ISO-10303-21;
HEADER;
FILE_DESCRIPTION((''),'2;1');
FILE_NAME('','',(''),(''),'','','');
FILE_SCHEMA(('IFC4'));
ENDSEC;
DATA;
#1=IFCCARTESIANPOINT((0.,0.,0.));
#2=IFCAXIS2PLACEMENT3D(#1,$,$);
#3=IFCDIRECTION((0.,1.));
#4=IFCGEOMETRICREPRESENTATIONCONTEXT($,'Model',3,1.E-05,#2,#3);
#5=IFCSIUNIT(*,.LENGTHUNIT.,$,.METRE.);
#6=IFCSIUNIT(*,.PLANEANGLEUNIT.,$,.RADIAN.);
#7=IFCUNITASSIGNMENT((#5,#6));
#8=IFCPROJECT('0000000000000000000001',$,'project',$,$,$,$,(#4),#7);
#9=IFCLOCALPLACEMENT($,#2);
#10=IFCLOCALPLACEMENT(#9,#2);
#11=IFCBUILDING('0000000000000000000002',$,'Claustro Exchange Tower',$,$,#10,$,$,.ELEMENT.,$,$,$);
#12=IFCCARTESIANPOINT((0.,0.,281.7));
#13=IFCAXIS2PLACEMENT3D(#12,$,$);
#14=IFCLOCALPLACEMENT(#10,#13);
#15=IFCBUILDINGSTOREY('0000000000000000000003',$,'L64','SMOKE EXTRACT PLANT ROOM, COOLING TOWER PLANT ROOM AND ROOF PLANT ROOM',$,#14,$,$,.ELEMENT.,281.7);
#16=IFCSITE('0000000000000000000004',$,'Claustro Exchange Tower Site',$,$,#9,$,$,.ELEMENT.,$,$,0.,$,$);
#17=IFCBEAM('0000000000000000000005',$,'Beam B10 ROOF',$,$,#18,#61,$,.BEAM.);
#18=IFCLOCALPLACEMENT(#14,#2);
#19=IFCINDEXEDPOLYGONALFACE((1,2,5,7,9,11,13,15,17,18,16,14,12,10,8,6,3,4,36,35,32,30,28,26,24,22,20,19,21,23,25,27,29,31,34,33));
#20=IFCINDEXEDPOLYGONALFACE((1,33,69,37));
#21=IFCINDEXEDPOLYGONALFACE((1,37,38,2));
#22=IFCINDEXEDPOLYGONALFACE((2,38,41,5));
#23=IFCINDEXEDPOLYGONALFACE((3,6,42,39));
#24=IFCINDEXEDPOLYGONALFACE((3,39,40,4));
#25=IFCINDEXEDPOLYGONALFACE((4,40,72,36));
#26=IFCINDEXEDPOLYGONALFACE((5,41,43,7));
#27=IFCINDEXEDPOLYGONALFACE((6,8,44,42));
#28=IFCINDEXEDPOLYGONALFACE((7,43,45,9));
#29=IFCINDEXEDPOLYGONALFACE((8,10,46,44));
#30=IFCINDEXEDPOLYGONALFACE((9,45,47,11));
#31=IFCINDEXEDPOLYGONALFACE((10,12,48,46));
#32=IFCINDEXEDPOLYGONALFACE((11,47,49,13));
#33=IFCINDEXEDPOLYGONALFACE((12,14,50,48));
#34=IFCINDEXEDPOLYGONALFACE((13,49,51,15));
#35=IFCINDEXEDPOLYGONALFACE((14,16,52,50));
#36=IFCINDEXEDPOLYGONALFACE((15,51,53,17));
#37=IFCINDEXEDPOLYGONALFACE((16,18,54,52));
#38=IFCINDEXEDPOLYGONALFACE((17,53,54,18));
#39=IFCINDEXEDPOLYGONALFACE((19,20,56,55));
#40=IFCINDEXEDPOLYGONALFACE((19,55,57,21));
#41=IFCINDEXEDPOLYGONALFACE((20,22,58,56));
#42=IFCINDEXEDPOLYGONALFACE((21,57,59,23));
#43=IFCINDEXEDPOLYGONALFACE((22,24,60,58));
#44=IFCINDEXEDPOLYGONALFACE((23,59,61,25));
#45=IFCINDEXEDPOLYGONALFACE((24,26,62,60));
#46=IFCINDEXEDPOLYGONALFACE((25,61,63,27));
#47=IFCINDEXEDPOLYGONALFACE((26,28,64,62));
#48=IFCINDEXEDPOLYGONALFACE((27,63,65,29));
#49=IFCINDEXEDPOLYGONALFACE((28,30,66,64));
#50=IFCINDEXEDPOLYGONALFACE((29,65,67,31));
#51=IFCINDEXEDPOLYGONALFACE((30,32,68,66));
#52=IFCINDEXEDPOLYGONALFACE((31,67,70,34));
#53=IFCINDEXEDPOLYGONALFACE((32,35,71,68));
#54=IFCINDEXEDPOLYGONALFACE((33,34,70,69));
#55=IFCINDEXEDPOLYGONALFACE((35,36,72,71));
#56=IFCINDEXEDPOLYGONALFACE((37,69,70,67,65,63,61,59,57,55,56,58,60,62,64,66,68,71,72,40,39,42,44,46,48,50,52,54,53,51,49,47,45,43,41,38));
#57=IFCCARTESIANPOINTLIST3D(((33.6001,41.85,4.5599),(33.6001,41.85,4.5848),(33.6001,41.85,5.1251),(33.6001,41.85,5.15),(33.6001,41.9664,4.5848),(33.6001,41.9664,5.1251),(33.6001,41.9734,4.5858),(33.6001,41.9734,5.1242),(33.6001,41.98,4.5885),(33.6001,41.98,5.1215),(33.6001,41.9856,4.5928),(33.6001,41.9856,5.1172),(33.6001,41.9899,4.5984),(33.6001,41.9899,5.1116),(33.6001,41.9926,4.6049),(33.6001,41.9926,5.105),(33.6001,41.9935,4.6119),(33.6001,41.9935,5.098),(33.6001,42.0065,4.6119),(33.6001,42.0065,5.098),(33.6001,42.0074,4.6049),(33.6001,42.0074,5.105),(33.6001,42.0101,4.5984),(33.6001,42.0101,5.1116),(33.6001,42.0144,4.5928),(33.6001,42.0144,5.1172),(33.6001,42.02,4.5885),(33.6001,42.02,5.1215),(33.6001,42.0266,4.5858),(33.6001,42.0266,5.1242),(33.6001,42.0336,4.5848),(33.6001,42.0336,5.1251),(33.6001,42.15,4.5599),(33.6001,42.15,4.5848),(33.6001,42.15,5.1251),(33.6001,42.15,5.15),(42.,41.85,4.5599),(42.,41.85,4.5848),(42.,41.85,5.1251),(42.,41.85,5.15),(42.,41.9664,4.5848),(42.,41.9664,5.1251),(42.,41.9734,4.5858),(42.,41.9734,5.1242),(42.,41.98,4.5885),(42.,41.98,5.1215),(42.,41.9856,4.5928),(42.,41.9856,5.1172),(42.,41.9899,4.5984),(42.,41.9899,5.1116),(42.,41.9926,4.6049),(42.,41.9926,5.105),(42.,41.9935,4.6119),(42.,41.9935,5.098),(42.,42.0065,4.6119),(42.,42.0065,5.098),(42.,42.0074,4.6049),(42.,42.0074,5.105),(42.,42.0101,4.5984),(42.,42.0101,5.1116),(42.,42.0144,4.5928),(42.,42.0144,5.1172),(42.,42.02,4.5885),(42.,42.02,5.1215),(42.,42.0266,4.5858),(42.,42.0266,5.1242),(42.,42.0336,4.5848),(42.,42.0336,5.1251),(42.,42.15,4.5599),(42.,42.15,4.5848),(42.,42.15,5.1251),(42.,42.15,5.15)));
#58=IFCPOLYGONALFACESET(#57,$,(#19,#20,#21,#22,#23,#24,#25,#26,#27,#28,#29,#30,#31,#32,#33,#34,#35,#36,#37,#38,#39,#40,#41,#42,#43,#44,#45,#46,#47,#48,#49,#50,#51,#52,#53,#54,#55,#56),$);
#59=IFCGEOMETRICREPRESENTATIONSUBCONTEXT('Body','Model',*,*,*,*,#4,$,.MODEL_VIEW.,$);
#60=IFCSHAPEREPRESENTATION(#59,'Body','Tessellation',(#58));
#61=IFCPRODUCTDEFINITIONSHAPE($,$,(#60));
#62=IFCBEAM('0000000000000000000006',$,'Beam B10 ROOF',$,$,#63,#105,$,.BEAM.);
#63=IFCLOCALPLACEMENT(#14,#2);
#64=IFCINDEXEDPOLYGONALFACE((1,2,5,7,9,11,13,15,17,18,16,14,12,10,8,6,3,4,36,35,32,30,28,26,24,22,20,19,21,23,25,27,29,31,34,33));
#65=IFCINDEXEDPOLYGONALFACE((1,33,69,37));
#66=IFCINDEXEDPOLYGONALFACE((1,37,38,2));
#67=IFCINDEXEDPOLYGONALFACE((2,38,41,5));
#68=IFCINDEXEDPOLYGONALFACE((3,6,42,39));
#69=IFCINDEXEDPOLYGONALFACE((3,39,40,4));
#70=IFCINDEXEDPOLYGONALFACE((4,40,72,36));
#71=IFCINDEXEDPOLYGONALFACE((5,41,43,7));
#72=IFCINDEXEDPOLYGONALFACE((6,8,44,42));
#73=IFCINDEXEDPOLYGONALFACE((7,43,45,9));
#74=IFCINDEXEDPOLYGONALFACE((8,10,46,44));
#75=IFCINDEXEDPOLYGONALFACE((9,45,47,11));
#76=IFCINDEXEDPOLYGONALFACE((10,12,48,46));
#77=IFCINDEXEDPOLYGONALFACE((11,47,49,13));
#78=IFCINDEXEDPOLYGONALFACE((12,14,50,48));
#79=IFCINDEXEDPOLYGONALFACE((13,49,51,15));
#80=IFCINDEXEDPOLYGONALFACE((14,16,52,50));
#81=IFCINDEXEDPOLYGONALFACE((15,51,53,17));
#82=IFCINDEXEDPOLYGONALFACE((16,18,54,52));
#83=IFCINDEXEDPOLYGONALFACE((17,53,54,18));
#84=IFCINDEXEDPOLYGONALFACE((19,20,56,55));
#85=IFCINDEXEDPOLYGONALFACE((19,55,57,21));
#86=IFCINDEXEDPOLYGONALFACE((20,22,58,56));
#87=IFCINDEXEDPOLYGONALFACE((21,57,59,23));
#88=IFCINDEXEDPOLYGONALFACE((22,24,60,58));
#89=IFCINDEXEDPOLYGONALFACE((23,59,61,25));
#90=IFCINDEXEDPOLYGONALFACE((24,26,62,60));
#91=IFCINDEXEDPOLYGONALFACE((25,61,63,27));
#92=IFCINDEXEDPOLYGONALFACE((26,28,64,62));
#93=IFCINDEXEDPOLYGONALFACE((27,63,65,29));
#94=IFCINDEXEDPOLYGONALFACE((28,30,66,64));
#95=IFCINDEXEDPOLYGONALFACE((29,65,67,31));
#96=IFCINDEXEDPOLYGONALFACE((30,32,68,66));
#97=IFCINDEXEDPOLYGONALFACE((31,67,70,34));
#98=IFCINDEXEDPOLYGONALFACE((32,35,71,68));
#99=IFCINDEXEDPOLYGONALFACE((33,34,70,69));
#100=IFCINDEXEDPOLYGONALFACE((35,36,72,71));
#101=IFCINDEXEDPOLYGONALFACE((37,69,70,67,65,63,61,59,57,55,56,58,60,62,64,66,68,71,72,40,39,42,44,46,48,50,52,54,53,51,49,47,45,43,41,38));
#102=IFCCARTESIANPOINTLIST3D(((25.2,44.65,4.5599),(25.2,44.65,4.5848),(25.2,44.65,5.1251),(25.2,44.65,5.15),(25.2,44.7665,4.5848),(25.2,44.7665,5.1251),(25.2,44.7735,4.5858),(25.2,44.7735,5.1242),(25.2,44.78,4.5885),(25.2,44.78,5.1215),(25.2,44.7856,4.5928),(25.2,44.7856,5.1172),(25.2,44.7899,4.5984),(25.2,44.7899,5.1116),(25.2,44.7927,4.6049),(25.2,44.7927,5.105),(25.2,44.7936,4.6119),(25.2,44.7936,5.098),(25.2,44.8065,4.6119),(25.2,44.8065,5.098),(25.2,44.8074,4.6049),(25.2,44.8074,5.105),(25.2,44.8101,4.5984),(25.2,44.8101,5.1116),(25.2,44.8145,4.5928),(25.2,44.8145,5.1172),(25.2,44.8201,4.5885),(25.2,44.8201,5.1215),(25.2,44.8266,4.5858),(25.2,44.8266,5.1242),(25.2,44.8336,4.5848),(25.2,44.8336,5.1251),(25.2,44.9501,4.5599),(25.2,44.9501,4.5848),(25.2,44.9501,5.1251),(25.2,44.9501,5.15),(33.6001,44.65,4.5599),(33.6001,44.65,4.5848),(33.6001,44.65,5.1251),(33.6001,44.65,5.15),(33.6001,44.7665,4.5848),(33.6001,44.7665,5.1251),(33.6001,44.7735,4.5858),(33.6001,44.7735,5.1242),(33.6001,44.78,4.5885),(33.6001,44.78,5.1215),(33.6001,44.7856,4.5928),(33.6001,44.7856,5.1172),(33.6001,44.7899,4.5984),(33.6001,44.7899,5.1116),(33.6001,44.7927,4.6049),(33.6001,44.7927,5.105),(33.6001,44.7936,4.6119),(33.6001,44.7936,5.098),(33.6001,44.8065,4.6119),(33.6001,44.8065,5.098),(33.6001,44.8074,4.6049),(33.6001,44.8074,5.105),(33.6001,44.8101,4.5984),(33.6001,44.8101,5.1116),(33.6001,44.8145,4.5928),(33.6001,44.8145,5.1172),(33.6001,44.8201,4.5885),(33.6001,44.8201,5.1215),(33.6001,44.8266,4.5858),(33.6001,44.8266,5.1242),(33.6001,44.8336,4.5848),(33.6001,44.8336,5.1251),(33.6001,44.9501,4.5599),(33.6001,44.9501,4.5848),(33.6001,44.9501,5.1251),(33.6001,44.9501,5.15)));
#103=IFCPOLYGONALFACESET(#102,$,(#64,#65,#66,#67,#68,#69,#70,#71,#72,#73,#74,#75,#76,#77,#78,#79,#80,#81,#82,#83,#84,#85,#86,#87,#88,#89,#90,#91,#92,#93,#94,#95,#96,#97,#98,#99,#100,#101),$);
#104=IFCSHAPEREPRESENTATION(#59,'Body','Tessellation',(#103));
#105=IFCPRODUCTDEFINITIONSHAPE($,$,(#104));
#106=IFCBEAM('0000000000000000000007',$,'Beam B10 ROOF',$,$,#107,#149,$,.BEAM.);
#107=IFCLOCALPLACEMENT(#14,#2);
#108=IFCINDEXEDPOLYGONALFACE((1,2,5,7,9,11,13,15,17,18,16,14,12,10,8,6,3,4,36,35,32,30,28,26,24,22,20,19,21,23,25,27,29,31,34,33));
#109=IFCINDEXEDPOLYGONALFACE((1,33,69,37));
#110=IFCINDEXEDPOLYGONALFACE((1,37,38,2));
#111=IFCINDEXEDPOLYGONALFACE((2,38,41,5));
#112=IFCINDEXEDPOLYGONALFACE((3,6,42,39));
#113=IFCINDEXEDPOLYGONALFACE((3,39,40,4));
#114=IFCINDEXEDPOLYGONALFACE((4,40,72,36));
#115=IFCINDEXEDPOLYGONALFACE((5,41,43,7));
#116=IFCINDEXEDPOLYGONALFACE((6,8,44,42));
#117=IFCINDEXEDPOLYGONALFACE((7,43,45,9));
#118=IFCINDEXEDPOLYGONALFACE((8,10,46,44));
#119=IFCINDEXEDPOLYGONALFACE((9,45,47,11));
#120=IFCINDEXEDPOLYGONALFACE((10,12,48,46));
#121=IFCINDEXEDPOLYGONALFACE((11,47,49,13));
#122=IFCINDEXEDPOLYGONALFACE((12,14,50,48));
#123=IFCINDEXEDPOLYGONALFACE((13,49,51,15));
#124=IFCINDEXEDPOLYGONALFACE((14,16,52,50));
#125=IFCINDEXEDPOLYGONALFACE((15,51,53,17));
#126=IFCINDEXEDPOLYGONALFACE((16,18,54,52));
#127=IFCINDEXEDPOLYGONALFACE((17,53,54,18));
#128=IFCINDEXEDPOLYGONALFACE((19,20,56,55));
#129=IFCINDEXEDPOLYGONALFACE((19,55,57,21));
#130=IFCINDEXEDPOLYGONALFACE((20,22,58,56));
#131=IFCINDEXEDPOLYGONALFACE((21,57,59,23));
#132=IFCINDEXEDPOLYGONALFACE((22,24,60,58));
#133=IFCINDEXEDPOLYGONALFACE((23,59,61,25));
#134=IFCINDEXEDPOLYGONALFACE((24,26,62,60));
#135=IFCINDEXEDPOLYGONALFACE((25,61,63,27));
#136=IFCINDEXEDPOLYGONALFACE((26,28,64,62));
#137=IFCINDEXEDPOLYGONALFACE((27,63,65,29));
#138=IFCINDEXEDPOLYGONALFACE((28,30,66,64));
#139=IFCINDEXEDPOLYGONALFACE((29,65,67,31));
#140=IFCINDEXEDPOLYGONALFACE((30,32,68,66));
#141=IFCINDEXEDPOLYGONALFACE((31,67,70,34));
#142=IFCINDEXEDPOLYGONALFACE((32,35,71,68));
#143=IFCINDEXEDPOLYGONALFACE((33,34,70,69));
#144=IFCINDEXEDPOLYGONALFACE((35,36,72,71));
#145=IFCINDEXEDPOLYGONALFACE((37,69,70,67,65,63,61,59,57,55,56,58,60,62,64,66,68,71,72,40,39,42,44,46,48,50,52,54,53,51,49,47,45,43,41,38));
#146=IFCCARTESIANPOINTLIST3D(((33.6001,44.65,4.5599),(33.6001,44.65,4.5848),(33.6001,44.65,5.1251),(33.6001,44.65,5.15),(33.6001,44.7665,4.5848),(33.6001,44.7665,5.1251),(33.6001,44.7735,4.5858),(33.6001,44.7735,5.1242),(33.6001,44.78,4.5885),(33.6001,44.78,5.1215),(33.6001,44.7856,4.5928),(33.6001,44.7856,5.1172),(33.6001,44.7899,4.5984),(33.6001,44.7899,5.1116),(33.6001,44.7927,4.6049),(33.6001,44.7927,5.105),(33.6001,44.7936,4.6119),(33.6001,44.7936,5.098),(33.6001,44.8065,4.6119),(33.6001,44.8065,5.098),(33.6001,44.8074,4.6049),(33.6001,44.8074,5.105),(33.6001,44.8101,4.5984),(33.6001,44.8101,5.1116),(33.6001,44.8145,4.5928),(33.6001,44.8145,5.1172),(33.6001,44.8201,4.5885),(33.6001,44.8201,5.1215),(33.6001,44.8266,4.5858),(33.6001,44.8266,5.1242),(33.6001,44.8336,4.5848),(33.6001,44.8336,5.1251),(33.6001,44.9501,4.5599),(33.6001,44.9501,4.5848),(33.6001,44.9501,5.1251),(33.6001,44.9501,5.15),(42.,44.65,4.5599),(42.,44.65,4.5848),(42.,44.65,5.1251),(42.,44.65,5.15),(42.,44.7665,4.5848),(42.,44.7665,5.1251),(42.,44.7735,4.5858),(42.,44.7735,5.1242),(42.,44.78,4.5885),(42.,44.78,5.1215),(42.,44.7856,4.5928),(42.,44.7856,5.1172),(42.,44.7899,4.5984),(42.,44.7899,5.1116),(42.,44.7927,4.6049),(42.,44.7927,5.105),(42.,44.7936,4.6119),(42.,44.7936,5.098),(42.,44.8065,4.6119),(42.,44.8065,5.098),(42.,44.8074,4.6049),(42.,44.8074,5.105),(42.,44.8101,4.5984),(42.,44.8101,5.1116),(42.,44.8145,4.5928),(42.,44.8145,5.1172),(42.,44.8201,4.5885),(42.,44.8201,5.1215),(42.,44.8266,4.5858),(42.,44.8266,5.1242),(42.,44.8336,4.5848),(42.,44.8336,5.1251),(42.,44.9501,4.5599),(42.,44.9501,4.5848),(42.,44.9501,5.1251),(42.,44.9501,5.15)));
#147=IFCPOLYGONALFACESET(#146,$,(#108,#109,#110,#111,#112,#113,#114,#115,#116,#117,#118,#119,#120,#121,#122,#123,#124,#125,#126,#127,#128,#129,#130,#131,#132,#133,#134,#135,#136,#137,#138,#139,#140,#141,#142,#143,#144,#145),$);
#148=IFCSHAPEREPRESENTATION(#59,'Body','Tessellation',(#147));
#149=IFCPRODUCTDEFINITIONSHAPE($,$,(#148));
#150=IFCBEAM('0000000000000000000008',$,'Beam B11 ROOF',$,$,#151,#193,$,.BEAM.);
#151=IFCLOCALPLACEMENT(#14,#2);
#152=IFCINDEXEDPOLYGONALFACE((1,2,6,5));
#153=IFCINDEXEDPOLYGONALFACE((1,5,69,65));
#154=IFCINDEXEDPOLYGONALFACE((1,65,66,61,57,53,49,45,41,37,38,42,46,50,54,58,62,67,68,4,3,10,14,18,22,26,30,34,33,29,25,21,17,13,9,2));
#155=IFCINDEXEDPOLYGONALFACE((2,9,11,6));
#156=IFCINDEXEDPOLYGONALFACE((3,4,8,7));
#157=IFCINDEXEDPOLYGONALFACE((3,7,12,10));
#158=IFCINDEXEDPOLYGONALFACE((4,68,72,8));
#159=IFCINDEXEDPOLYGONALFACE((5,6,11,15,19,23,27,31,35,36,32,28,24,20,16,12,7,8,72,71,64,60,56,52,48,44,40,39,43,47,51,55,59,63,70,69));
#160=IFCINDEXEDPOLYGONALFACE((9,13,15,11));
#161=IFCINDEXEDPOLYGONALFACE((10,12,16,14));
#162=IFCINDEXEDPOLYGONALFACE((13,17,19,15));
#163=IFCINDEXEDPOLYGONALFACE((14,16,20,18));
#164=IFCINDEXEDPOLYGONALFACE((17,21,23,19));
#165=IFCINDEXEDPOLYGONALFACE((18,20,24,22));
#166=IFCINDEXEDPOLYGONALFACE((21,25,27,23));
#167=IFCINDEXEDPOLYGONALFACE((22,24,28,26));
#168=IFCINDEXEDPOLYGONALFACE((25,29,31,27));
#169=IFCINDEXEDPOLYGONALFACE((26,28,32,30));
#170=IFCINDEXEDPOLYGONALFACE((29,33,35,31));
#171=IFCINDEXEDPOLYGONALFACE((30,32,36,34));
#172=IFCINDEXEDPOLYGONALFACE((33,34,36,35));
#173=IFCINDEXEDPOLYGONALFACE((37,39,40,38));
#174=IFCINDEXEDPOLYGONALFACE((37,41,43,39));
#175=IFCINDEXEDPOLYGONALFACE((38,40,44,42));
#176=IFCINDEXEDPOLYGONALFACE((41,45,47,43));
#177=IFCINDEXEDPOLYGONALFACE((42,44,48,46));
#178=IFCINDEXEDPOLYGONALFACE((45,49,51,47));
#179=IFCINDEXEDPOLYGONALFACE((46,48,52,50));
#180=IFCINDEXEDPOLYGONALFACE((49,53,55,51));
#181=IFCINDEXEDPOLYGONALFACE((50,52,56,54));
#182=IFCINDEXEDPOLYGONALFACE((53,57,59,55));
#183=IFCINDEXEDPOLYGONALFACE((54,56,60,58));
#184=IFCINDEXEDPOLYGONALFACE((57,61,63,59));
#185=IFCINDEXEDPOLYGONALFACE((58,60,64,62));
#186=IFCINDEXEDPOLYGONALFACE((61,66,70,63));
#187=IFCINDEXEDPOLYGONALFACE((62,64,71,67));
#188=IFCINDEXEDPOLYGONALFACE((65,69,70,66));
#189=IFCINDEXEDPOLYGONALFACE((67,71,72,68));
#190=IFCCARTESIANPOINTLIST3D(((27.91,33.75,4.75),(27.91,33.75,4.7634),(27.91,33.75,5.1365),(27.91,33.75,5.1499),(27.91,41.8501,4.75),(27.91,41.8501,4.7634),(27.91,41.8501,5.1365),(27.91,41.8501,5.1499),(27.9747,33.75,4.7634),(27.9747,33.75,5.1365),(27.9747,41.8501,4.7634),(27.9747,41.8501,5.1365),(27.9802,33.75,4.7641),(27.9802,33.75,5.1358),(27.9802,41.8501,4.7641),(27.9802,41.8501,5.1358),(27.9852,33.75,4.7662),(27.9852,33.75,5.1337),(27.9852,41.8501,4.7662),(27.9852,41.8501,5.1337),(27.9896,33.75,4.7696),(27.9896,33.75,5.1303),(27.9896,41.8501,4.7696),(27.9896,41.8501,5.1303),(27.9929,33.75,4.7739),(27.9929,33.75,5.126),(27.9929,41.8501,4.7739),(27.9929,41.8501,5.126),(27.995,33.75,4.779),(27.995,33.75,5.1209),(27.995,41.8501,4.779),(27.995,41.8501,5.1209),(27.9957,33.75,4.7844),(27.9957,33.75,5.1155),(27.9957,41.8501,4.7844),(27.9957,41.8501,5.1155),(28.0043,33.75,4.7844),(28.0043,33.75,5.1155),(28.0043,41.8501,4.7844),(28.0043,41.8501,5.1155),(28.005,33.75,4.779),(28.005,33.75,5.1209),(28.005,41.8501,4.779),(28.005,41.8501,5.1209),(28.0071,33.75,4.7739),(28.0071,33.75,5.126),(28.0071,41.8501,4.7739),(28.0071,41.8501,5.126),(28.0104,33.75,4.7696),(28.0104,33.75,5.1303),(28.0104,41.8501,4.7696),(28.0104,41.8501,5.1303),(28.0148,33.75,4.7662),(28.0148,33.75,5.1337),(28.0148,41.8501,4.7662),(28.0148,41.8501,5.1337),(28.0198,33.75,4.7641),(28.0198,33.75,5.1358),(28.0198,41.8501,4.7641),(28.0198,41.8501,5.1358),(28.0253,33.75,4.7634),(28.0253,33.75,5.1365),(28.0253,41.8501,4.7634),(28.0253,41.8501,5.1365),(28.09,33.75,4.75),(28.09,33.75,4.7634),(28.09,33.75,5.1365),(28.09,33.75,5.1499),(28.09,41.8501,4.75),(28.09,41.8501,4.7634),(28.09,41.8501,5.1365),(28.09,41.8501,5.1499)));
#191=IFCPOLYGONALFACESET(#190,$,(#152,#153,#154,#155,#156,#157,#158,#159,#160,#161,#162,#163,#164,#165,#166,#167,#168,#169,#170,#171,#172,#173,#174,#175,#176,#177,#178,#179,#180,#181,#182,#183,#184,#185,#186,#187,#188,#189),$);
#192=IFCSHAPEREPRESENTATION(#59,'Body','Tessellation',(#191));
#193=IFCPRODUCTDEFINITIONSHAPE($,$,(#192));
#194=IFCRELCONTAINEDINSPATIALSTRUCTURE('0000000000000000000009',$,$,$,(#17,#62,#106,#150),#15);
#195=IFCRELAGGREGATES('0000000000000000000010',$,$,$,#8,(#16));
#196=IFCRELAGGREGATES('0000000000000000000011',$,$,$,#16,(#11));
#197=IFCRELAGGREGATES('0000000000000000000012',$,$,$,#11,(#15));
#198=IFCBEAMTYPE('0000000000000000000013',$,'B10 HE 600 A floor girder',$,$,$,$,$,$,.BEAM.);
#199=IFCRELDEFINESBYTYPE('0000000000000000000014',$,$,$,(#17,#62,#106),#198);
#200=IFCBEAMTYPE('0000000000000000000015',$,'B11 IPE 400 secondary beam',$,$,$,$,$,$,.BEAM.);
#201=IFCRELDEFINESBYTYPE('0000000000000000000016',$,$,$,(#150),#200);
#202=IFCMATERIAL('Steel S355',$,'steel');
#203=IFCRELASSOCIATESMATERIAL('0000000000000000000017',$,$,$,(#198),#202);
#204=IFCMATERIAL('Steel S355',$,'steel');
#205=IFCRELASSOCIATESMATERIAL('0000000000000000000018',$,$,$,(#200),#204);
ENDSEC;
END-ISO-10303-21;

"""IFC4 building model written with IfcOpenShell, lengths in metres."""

from ifc_helpers import new_model, si_unit, direction, frame, origin, origin_2d, place, context, subcontext, project, spatial, i_section, extrude, material, material_profile, profile_set, type_object, element, save


model = new_model("IFC4")

# Units and contexts
model_context = context("Model", 3, precision=1e-05, world=origin(), true_north=direction((0.0, 1.0)))
body_context = subcontext(model_context, "Body", "Model", "MODEL_VIEW")
ifc_project = project(units=[si_unit("LENGTHUNIT", "METRE"), si_unit("PLANEANGLEUNIT", "RADIAN")], contexts=[model_context])

# Site, building, storey
site_placement = place(None, origin())
site = spatial("IfcSite", under=ifc_project, at=site_placement, Name="Claustro Exchange Tower Site", CompositionType="ELEMENT", RefElevation=0.0)
building_placement = place(site_placement, origin())
building = spatial("IfcBuilding", under=site, at=building_placement, Name="Claustro Exchange Tower", CompositionType="ELEMENT")
storey_placement = place(building_placement, frame((0.0, 0.0, 281.7)))
storey = spatial("IfcBuildingStorey", under=building, at=storey_placement, Name="L64", Description="SMOKE EXTRACT PLANT ROOM, COOLING TOWER PLANT ROOM AND ROOF PLANT ROOM", CompositionType="ELEMENT", Elevation=281.7)

# Beams
ifc_material_1 = material(Name="Steel S355", Category="steel")
ifc_material_profile_1 = material_profile(ifc_material_1, i_section(OverallWidth=0.3, OverallDepth=0.5901, WebThickness=0.0129, FlangeThickness=0.0249, FilletRadius=0.0271, at=origin_2d()), Name="HE 600 A")
ifc_profile_set_1 = profile_set([ifc_material_profile_1], Name="Steel S355")
beam_type_1 = type_object("IfcBeamType", Name="B10 HE 600 A floor girder", PredefinedType="BEAM", material=ifc_profile_set_1)
beam_1_placement = place(storey_placement, frame((33.6001, 42.0, 4.855), z_axis=(1.0, 0.0, 0.0), x_axis=(0.0, 1.0, 0.0)))
element("IfcBeam", 1, at=beam_1_placement, inside=storey, type_object=beam_type_1, Name="Beam B10 ROOF", PredefinedType="BEAM", context=body_context, shape_type="SweptSolid", body=[
    extrude(i_section(OverallWidth=0.3, OverallDepth=0.5901, WebThickness=0.0129, FlangeThickness=0.0249, FilletRadius=0.0271, at=origin_2d()), origin(), (0.0, 0.0, 1.0), 8.3999),
])
beam_2_placement = place(storey_placement, frame((25.2, 44.8, 4.855), z_axis=(1.0, 0.0, 0.0), x_axis=(0.0, 1.0, 0.0)))
element("IfcBeam", 2, at=beam_2_placement, inside=storey, type_object=beam_type_1, Name="Beam B10 ROOF", PredefinedType="BEAM", context=body_context, shape_type="SweptSolid", body=[
    extrude(i_section(OverallWidth=0.3, OverallDepth=0.5901, WebThickness=0.0129, FlangeThickness=0.0249, FilletRadius=0.0271, at=origin_2d()), origin(), (0.0, 0.0, 1.0), 8.4001),
])
beam_3_placement = place(storey_placement, frame((33.6001, 44.8, 4.855), z_axis=(1.0, 0.0, 0.0), x_axis=(0.0, 1.0, 0.0)))
element("IfcBeam", 3, at=beam_3_placement, inside=storey, type_object=beam_type_1, Name="Beam B10 ROOF", PredefinedType="BEAM", context=body_context, shape_type="SweptSolid", body=[
    extrude(i_section(OverallWidth=0.3, OverallDepth=0.5901, WebThickness=0.0129, FlangeThickness=0.0249, FilletRadius=0.0271, at=origin_2d()), origin(), (0.0, 0.0, 1.0), 8.3999),
])
ifc_material_2 = material(Name="Steel S355", Category="steel")
ifc_material_profile_2 = material_profile(ifc_material_2, i_section(OverallWidth=0.1799, OverallDepth=0.3999, WebThickness=0.0085, FlangeThickness=0.0134, FilletRadius=0.021, at=origin_2d()), Name="IPE 400")
ifc_profile_set_2 = profile_set([ifc_material_profile_2], Name="Steel S355")
beam_type_2 = type_object("IfcBeamType", Name="B11 IPE 400 secondary beam", PredefinedType="BEAM", material=ifc_profile_set_2)
for number, where, z_axis, x_axis, name in (
    (4, (28.0, 33.75, 4.95), (0.0, 1.0, 0.0), (-1.0, 0.0, 0.0), "Beam B11 ROOF"),
):
    element("IfcBeam", number, at=place(storey_placement, frame(where, z_axis=z_axis, x_axis=x_axis)), inside=storey, type_object=beam_type_2, Name=name, PredefinedType="BEAM", context=body_context, shape_type="SweptSolid", body=[
        extrude(i_section(OverallWidth=0.1799, OverallDepth=0.3999, WebThickness=0.0085, FlangeThickness=0.0134, FilletRadius=0.021, at=origin_2d()), origin(), (0.0, 0.0, 1.0), 8.1001),
    ])

save(model, "model.ifc")
